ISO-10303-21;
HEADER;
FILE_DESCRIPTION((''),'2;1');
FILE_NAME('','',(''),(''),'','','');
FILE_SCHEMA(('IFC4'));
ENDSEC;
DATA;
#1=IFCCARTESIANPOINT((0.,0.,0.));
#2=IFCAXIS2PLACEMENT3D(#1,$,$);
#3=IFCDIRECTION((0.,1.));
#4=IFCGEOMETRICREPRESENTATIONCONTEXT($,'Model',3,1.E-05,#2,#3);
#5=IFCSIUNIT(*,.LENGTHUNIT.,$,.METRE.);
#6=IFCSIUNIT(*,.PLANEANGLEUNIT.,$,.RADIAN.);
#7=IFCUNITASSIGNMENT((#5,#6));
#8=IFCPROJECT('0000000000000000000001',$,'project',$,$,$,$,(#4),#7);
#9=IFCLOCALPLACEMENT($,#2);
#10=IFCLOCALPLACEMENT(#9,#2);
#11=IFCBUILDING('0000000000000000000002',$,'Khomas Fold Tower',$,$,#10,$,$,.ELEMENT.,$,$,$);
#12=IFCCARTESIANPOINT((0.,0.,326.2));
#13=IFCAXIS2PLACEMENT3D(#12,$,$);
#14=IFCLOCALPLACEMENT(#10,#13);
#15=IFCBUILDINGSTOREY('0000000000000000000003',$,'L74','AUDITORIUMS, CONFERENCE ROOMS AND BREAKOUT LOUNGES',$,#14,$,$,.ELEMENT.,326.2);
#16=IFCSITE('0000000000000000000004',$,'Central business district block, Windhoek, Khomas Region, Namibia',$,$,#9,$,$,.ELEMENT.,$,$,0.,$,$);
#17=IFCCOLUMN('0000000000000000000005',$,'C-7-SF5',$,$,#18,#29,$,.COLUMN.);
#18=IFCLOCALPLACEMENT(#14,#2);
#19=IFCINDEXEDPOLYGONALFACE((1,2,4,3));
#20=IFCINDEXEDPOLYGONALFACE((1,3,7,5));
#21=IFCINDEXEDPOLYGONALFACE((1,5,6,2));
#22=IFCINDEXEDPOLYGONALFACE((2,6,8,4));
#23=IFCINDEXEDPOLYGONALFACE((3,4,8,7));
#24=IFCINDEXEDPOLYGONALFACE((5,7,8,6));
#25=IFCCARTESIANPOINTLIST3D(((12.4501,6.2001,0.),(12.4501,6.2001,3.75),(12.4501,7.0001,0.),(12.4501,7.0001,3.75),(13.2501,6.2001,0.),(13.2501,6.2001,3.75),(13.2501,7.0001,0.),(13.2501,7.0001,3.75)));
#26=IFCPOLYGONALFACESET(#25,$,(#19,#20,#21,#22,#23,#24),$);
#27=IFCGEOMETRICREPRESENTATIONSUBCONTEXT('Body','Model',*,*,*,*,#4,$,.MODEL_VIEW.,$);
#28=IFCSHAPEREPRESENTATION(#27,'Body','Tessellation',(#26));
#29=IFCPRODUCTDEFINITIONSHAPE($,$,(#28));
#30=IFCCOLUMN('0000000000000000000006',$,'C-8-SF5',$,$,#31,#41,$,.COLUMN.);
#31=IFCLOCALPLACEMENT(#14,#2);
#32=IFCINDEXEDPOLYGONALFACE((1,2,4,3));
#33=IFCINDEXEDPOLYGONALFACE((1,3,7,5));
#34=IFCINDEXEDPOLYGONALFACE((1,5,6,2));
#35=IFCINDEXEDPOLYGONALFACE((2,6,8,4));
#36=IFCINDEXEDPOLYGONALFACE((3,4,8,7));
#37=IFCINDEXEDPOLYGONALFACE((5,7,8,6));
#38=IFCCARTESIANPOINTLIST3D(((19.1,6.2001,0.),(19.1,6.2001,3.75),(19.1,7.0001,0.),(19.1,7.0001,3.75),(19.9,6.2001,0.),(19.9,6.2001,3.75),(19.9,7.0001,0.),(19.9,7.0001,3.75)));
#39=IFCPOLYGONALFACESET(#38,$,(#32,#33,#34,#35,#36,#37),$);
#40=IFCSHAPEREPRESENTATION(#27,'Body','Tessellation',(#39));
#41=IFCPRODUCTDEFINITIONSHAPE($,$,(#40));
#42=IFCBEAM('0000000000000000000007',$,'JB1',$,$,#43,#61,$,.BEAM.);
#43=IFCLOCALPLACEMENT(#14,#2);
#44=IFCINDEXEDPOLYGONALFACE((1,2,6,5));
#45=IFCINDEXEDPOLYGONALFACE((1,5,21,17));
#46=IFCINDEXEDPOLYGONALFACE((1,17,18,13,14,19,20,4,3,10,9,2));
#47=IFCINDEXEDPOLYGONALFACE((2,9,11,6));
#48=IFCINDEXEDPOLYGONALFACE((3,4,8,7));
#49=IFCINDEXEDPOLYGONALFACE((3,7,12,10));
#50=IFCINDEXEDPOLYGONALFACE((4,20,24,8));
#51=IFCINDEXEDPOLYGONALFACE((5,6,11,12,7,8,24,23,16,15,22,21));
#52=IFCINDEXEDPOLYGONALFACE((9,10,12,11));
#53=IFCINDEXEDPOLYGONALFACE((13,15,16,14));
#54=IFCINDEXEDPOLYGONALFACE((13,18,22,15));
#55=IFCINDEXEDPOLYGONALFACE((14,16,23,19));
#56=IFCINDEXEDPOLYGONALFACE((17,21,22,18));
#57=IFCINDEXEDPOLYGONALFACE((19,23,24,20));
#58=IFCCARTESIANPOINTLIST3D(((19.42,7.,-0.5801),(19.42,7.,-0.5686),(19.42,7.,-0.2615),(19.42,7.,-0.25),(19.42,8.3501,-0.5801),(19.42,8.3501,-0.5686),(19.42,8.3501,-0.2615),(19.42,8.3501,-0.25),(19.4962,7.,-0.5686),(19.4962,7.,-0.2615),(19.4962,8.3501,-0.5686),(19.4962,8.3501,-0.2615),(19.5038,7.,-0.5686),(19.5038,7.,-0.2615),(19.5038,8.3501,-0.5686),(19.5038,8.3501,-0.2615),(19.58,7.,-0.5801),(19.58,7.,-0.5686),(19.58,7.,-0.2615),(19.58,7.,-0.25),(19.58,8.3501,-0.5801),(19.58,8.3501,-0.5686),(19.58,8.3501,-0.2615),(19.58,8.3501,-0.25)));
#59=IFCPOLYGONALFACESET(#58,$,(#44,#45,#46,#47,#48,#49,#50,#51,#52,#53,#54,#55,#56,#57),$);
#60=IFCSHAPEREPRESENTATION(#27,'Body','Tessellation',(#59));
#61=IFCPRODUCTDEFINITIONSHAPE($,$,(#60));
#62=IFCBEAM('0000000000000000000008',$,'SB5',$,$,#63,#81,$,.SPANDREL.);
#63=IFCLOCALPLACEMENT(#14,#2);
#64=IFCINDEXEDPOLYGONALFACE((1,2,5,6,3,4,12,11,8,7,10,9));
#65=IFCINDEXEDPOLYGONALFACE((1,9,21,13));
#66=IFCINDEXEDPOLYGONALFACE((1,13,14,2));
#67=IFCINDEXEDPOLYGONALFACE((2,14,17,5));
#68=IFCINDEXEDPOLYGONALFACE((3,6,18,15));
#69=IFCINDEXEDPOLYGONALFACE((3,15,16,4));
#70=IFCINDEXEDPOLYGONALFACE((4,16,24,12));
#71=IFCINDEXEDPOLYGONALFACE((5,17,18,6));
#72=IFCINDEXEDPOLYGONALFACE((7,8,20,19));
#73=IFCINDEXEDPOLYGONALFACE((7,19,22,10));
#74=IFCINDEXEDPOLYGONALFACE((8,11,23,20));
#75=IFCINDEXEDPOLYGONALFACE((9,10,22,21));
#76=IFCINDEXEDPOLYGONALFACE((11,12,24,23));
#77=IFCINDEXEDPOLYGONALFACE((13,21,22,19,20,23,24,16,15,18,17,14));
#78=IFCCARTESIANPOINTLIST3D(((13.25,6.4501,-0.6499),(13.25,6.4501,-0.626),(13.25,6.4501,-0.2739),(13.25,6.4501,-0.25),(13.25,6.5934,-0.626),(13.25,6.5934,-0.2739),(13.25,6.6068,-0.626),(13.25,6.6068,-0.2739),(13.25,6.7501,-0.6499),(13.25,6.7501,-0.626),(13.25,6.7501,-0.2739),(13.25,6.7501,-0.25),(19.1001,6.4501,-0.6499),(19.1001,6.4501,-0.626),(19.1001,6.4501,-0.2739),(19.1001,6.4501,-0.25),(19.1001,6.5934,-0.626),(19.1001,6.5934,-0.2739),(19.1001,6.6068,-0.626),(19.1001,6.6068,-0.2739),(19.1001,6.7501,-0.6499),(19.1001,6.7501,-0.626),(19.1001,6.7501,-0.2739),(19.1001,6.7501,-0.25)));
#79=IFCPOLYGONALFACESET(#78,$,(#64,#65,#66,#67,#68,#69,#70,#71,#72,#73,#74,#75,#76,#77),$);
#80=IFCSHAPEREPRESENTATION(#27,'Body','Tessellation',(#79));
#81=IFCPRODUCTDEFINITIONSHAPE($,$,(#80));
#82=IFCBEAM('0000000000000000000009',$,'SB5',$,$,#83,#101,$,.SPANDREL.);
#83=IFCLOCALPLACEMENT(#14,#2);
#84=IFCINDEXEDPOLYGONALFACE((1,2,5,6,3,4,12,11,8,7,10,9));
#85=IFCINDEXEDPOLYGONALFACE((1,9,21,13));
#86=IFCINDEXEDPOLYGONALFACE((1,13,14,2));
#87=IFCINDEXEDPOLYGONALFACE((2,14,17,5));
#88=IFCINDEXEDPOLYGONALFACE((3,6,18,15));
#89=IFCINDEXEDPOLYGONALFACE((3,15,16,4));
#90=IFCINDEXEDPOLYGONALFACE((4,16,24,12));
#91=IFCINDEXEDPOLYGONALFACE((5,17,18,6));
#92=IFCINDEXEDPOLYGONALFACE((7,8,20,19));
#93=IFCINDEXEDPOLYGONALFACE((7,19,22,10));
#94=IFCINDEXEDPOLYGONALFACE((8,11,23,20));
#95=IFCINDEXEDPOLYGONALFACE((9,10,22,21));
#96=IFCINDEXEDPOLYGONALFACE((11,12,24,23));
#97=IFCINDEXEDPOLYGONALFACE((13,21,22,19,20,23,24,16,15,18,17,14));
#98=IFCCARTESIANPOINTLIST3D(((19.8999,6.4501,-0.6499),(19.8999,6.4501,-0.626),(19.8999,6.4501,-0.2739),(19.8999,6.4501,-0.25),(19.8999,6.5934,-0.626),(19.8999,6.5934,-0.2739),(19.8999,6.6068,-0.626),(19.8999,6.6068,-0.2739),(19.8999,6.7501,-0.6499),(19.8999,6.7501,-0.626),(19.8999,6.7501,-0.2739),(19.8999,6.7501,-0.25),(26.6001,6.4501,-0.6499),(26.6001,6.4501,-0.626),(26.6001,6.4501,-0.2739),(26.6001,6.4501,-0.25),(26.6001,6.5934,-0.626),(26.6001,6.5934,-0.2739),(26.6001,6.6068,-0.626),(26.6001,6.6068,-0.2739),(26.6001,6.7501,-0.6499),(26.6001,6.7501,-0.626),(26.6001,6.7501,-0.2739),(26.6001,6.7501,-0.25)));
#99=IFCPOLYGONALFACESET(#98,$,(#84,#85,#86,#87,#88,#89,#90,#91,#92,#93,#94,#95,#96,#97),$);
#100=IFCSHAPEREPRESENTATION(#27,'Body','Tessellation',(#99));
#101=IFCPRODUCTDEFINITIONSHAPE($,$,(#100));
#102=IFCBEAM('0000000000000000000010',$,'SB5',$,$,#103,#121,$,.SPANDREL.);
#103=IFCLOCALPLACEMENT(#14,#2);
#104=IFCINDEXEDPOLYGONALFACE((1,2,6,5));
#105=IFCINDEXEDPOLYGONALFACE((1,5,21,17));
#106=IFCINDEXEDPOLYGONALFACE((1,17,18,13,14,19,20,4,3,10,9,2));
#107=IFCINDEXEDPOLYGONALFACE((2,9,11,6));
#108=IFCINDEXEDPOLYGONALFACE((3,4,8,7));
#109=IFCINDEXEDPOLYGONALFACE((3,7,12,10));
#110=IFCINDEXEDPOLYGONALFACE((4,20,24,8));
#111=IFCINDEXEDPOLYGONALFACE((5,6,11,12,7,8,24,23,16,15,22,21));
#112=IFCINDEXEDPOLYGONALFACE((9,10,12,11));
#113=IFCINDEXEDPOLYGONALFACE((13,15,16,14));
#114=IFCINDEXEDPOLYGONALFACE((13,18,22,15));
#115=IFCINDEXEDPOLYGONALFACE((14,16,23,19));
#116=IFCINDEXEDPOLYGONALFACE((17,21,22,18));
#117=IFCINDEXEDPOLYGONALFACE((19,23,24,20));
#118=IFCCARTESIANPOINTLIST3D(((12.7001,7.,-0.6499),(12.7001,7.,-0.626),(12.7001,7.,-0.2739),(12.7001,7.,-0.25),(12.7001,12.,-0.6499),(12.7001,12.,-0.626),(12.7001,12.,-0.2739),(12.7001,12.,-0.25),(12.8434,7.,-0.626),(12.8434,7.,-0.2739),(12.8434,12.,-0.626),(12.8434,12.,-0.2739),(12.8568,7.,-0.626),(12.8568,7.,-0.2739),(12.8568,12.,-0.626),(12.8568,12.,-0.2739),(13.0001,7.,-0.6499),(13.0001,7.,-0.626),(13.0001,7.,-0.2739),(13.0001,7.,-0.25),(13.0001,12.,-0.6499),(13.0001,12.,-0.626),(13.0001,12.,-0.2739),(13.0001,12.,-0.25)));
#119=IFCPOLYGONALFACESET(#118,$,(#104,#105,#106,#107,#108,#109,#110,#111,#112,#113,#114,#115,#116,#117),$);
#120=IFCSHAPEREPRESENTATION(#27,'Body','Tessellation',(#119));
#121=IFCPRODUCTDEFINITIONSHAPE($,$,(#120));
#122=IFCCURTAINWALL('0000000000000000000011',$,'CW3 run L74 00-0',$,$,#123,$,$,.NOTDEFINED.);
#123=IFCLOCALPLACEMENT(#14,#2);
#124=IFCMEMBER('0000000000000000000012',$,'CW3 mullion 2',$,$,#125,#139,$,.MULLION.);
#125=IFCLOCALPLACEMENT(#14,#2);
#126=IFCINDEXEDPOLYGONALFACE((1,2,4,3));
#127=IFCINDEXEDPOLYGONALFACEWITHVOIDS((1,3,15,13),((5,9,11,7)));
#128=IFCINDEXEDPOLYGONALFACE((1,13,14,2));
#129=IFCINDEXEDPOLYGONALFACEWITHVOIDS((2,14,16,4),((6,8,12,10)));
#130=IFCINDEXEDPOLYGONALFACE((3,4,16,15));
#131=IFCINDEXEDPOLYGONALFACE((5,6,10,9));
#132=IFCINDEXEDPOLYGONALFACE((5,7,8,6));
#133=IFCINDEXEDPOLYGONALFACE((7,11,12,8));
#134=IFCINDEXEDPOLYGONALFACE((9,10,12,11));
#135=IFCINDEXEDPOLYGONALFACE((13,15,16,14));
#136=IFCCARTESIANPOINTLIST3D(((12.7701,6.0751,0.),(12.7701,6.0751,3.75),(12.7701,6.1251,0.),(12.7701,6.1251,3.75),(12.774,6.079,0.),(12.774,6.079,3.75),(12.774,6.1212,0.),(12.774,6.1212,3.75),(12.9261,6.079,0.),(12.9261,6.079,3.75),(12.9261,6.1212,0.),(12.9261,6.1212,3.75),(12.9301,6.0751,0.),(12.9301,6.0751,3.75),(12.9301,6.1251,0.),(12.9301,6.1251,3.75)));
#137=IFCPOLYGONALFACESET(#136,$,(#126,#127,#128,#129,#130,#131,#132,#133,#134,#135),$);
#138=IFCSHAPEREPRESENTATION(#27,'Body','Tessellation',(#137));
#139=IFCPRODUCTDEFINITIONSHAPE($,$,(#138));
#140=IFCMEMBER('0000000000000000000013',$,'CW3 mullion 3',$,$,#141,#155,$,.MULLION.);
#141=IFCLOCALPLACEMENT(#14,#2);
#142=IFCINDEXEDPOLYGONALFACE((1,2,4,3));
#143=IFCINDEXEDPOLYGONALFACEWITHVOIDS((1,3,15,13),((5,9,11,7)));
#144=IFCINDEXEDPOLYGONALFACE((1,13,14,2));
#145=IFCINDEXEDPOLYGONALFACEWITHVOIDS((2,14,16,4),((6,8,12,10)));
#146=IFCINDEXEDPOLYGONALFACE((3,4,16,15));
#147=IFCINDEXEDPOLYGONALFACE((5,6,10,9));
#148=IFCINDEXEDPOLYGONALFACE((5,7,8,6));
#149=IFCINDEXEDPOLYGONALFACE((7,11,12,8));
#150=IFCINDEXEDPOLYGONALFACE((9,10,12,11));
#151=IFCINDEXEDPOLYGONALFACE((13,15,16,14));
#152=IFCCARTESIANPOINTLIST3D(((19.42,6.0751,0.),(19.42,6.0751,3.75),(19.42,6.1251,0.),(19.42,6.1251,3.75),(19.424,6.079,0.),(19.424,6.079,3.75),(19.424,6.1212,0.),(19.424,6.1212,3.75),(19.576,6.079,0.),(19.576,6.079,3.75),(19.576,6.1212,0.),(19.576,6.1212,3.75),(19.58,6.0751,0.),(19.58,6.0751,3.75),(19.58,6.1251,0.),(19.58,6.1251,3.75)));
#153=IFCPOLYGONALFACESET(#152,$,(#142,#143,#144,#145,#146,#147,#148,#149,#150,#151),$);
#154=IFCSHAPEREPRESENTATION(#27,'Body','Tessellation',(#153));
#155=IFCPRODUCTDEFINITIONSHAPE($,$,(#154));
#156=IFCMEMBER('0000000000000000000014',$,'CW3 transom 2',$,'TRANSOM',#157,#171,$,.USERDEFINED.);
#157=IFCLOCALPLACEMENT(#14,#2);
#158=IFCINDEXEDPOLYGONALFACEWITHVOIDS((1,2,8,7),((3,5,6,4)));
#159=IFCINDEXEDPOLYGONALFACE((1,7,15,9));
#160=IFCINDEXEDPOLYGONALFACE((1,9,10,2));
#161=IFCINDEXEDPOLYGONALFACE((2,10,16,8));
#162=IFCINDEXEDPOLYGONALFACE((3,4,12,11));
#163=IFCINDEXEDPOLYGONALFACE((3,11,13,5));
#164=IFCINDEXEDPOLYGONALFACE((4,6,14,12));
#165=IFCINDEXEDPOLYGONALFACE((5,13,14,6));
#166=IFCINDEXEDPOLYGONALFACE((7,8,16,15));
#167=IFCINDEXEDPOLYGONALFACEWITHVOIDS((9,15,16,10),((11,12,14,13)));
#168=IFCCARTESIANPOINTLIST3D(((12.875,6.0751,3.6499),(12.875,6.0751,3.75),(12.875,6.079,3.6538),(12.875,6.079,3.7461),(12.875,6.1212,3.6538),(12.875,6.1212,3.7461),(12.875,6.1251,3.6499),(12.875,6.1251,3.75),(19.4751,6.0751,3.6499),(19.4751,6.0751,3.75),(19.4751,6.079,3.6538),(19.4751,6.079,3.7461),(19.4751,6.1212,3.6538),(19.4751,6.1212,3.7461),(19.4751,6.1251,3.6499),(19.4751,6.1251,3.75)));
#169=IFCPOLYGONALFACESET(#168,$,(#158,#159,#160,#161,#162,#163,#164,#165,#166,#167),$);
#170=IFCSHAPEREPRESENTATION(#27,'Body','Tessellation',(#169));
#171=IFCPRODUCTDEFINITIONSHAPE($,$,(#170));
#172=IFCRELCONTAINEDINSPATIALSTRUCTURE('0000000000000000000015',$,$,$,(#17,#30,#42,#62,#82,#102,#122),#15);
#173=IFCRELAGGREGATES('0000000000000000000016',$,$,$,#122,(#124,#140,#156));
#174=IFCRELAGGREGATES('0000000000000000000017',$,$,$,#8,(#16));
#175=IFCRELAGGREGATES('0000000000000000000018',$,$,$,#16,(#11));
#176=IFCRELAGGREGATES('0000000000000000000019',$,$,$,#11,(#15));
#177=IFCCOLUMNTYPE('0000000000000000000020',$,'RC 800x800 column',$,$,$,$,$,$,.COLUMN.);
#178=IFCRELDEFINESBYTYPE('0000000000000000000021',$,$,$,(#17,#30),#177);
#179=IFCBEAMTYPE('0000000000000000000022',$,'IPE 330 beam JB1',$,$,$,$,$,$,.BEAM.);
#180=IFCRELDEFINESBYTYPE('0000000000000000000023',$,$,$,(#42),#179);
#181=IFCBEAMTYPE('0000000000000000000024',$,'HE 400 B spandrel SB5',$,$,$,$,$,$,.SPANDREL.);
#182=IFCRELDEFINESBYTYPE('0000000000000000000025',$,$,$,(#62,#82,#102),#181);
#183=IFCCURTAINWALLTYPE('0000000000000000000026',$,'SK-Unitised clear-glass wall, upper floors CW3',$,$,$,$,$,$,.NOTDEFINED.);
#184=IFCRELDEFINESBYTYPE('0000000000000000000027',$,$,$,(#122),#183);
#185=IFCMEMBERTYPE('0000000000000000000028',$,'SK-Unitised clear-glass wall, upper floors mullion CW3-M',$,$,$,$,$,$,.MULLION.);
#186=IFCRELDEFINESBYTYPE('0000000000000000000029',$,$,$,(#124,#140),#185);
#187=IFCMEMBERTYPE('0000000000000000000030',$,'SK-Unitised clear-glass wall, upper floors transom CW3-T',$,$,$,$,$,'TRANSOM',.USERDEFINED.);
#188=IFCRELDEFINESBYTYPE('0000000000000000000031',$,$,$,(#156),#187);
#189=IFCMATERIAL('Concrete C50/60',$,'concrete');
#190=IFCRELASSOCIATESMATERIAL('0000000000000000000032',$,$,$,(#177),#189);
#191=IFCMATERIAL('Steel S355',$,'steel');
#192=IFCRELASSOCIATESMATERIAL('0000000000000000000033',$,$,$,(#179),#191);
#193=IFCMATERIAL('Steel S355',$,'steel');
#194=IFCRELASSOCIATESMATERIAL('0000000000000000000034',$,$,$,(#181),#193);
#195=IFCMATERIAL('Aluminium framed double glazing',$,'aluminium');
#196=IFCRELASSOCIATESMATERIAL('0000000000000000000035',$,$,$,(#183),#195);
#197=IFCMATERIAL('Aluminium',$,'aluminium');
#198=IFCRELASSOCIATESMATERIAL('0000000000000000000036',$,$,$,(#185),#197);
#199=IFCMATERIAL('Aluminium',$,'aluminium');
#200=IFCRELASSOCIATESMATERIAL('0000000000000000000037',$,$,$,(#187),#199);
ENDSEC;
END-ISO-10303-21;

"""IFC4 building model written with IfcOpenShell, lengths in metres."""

from ifc_helpers import new_model, si_unit, direction, frame, origin, origin_2d, place, context, subcontext, project, spatial, rectangle, hollow_rectangle, i_section, extrude, source, transform, mapped, material, material_profile, profile_set, type_object, element, aggregate, save


model = new_model("IFC4")

# Units and contexts
model_context = context("Model", 3, precision=1e-05, world=origin(), true_north=direction((0.0, 1.0)))
body_context = subcontext(model_context, "Body", "Model", "MODEL_VIEW")
ifc_project = project(units=[si_unit("LENGTHUNIT", "METRE"), si_unit("PLANEANGLEUNIT", "RADIAN")], contexts=[model_context])

# Site, building, storey
site_placement = place(None, origin())
site = spatial("IfcSite", under=ifc_project, at=site_placement, Name="Central business district block, Windhoek, Khomas Region, Namibia", CompositionType="ELEMENT", RefElevation=0.0)
building_placement = place(site_placement, origin())
building = spatial("IfcBuilding", under=site, at=building_placement, Name="Khomas Fold Tower", CompositionType="ELEMENT")
storey_placement = place(building_placement, frame((0.0, 0.0, 326.2)))
storey = spatial("IfcBuildingStorey", under=building, at=storey_placement, Name="L74", Description="AUDITORIUMS, CONFERENCE ROOMS AND BREAKOUT LOUNGES", CompositionType="ELEMENT", Elevation=326.2)

# Columns
ifc_material_1 = material(Name="Concrete C50/60", Category="concrete")
ifc_material_profile_1 = material_profile(ifc_material_1, rectangle(XDim=0.8, YDim=0.8, at=origin_2d()), Name="RC 800x800")
ifc_profile_set_1 = profile_set([ifc_material_profile_1], Name="Concrete C50/60")
column_type = type_object("IfcColumnType", Name="RC 800x800 column", PredefinedType="COLUMN", material=ifc_profile_set_1)
shared_shape_1 = source(origin(), body_context, "Body", "SweptSolid", [
    extrude(rectangle(XDim=0.8, YDim=0.8, at=origin_2d()), origin(), (0.0, 0.0, 1.0), 3.75),
])
for number, where, z_axis, x_axis, name in (
    (1, (12.8501, 6.6001, 0.0), (0.0, 0.0, 1.0), (1.0, 0.0, 0.0), "C-7-SF5"),
    (2, (19.5, 6.6001, 0.0), (0.0, 0.0, 1.0), (1.0, 0.0, 0.0), "C-8-SF5"),
):
    element("IfcColumn", number, at=place(storey_placement, frame(where, z_axis=z_axis, x_axis=x_axis)), inside=storey, type_object=column_type, Name=name, PredefinedType="COLUMN", context=body_context, shape_type="MappedRepresentation", body=[
        mapped(shared_shape_1, transform((0.0, 0.0, 0.0))),
    ])

# Beams
ifc_material_2 = material(Name="Steel S355", Category="steel")
ifc_material_profile_2 = material_profile(ifc_material_2, i_section(OverallWidth=0.1599, OverallDepth=0.3301, WebThickness=0.0076, FlangeThickness=0.0115, at=origin_2d()), Name="IPE 330")
ifc_profile_set_2 = profile_set([ifc_material_profile_2], Name="Steel S355")
beam_type_1 = type_object("IfcBeamType", Name="IPE 330 beam JB1", PredefinedType="BEAM", material=ifc_profile_set_2)
shared_shape_2 = source(origin(), body_context, "Body", "SweptSolid", [
    extrude(i_section(OverallWidth=0.1599, OverallDepth=0.3301, WebThickness=0.0076, FlangeThickness=0.0115, at=origin_2d()), origin(), (0.0, 0.0, 1.0), 1.3501),
])
beam_1_placement = place(storey_placement, frame((19.5, 7.0, -0.415), z_axis=(0.0, 1.0, 0.0), x_axis=(-1.0, 0.0, 0.0)))
element("IfcBeam", 3, at=beam_1_placement, inside=storey, type_object=beam_type_1, Name="JB1", PredefinedType="BEAM", context=body_context, shape_type="MappedRepresentation", body=[
    mapped(shared_shape_2, transform((0.0, 0.0, 0.0))),
])
ifc_material_3 = material(Name="Steel S355", Category="steel")
ifc_material_profile_3 = material_profile(ifc_material_3, i_section(OverallWidth=0.3, OverallDepth=0.3999, WebThickness=0.0134, FlangeThickness=0.0239, at=origin_2d()), Name="HE 400 B")
ifc_profile_set_3 = profile_set([ifc_material_profile_3], Name="Steel S355")
beam_type_2 = type_object("IfcBeamType", Name="HE 400 B spandrel SB5", PredefinedType="SPANDREL", material=ifc_profile_set_3)
shared_shape_3 = source(origin(), body_context, "Body", "SweptSolid", [
    extrude(i_section(OverallWidth=0.3, OverallDepth=0.3999, WebThickness=0.0134, FlangeThickness=0.0239, at=origin_2d()), origin(), (0.0, 0.0, 1.0), 5.8501),
])
beam_2_placement = place(storey_placement, frame((13.25, 6.6001, -0.45), z_axis=(1.0, 0.0, 0.0), x_axis=(0.0, 1.0, 0.0)))
element("IfcBeam", 4, at=beam_2_placement, inside=storey, type_object=beam_type_2, Name="SB5", PredefinedType="SPANDREL", context=body_context, shape_type="MappedRepresentation", body=[
    mapped(shared_shape_3, transform((0.0, 0.0, 0.0))),
])
shared_shape_4 = source(origin(), body_context, "Body", "SweptSolid", [
    extrude(i_section(OverallWidth=0.3, OverallDepth=0.3999, WebThickness=0.0134, FlangeThickness=0.0239, at=origin_2d()), origin(), (0.0, 0.0, 1.0), 6.7002),
])
beam_3_placement = place(storey_placement, frame((19.8999, 6.6001, -0.45), z_axis=(1.0, 0.0, 0.0), x_axis=(0.0, 1.0, 0.0)))
element("IfcBeam", 5, at=beam_3_placement, inside=storey, type_object=beam_type_2, Name="SB5", PredefinedType="SPANDREL", context=body_context, shape_type="MappedRepresentation", body=[
    mapped(shared_shape_4, transform((0.0, 0.0, 0.0))),
])
shared_shape_5 = source(origin(), body_context, "Body", "SweptSolid", [
    extrude(i_section(OverallWidth=0.3, OverallDepth=0.3999, WebThickness=0.0134, FlangeThickness=0.0239, at=origin_2d()), origin(), (0.0, 0.0, 1.0), 5.0),
])
beam_4_placement = place(storey_placement, frame((12.8501, 7.0, -0.45), z_axis=(0.0, 1.0, 0.0), x_axis=(-1.0, 0.0, 0.0)))
element("IfcBeam", 6, at=beam_4_placement, inside=storey, type_object=beam_type_2, Name="SB5", PredefinedType="SPANDREL", context=body_context, shape_type="MappedRepresentation", body=[
    mapped(shared_shape_5, transform((0.0, 0.0, 0.0))),
])

# Curtain wall, members
ifc_material_4 = material(Name="Aluminium framed double glazing", Category="aluminium")
curtain_wall_type = type_object("IfcCurtainWallType", Name="SK-Unitised clear-glass wall, upper floors CW3", PredefinedType="NOTDEFINED", material=ifc_material_4)
curtain_wall_placement = place(storey_placement, origin())
curtain_wall = element("IfcCurtainWall", 7, at=curtain_wall_placement, inside=storey, type_object=curtain_wall_type, Name="CW3 run L74 00-0", PredefinedType="NOTDEFINED")
ifc_material_5 = material(Name="Aluminium", Category="aluminium")
ifc_material_profile_4 = material_profile(ifc_material_5, hollow_rectangle(XDim=0.05, YDim=0.1599, WallThickness=0.0039, at=origin_2d()), Name="SK-Unitised clear-glass wall, upper floors mullion CW3-M")
ifc_profile_set_4 = profile_set([ifc_material_profile_4], Name="Aluminium")
member_type_1 = type_object("IfcMemberType", Name="SK-Unitised clear-glass wall, upper floors mullion CW3-M", PredefinedType="MULLION", material=ifc_profile_set_4)
shared_shape_6 = source(origin(), body_context, "Body", "SweptSolid", [
    extrude(hollow_rectangle(XDim=0.05, YDim=0.1599, WallThickness=0.0039, at=origin_2d()), origin(), (0.0, 0.0, 1.0), 3.75),
])
member_1_placement = place(storey_placement, frame((12.8501, 6.1001, 0.0), z_axis=(0.0, 0.0, 1.0), x_axis=(0.0, 1.0, 0.0)))
member_1 = element("IfcMember", 8, at=member_1_placement, type_object=member_type_1, Name="CW3 mullion 2", PredefinedType="MULLION", context=body_context, shape_type="MappedRepresentation", body=[
    mapped(shared_shape_6, transform((0.0, 0.0, 0.0))),
])
member_2_placement = place(storey_placement, frame((19.5, 6.1001, 0.0), z_axis=(0.0, 0.0, 1.0), x_axis=(0.0, 1.0, 0.0)))
member_2 = element("IfcMember", 9, at=member_2_placement, type_object=member_type_1, Name="CW3 mullion 3", PredefinedType="MULLION", context=body_context, shape_type="MappedRepresentation", body=[
    mapped(shared_shape_6, transform((0.0, 0.0, 0.0))),
])
ifc_material_6 = material(Name="Aluminium", Category="aluminium")
ifc_material_profile_5 = material_profile(ifc_material_6, hollow_rectangle(XDim=0.05, YDim=0.1001, WallThickness=0.0039, at=origin_2d()), Name="SK-Unitised clear-glass wall, upper floors transom CW3-T")
ifc_profile_set_5 = profile_set([ifc_material_profile_5], Name="Aluminium")
member_type_2 = type_object("IfcMemberType", Name="SK-Unitised clear-glass wall, upper floors transom CW3-T", ElementType="TRANSOM", PredefinedType="USERDEFINED", material=ifc_profile_set_5)
shared_shape_7 = source(origin(), body_context, "Body", "SweptSolid", [
    extrude(hollow_rectangle(XDim=0.05, YDim=0.1001, WallThickness=0.0039, at=origin_2d()), origin(), (0.0, 0.0, 1.0), 6.6001),
])
member_3_placement = place(storey_placement, frame((12.875, 6.1001, 3.7), z_axis=(1.0, 0.0, 0.0), x_axis=(0.0, 1.0, 0.0)))
member_3 = element("IfcMember", 10, at=member_3_placement, type_object=member_type_2, Name="CW3 transom 2", ObjectType="TRANSOM", PredefinedType="USERDEFINED", context=body_context, shape_type="MappedRepresentation", body=[
    mapped(shared_shape_7, transform((0.0, 0.0, 0.0))),
])
aggregate(curtain_wall, [member_1, member_2, member_3])

save(model, "model.ifc")
